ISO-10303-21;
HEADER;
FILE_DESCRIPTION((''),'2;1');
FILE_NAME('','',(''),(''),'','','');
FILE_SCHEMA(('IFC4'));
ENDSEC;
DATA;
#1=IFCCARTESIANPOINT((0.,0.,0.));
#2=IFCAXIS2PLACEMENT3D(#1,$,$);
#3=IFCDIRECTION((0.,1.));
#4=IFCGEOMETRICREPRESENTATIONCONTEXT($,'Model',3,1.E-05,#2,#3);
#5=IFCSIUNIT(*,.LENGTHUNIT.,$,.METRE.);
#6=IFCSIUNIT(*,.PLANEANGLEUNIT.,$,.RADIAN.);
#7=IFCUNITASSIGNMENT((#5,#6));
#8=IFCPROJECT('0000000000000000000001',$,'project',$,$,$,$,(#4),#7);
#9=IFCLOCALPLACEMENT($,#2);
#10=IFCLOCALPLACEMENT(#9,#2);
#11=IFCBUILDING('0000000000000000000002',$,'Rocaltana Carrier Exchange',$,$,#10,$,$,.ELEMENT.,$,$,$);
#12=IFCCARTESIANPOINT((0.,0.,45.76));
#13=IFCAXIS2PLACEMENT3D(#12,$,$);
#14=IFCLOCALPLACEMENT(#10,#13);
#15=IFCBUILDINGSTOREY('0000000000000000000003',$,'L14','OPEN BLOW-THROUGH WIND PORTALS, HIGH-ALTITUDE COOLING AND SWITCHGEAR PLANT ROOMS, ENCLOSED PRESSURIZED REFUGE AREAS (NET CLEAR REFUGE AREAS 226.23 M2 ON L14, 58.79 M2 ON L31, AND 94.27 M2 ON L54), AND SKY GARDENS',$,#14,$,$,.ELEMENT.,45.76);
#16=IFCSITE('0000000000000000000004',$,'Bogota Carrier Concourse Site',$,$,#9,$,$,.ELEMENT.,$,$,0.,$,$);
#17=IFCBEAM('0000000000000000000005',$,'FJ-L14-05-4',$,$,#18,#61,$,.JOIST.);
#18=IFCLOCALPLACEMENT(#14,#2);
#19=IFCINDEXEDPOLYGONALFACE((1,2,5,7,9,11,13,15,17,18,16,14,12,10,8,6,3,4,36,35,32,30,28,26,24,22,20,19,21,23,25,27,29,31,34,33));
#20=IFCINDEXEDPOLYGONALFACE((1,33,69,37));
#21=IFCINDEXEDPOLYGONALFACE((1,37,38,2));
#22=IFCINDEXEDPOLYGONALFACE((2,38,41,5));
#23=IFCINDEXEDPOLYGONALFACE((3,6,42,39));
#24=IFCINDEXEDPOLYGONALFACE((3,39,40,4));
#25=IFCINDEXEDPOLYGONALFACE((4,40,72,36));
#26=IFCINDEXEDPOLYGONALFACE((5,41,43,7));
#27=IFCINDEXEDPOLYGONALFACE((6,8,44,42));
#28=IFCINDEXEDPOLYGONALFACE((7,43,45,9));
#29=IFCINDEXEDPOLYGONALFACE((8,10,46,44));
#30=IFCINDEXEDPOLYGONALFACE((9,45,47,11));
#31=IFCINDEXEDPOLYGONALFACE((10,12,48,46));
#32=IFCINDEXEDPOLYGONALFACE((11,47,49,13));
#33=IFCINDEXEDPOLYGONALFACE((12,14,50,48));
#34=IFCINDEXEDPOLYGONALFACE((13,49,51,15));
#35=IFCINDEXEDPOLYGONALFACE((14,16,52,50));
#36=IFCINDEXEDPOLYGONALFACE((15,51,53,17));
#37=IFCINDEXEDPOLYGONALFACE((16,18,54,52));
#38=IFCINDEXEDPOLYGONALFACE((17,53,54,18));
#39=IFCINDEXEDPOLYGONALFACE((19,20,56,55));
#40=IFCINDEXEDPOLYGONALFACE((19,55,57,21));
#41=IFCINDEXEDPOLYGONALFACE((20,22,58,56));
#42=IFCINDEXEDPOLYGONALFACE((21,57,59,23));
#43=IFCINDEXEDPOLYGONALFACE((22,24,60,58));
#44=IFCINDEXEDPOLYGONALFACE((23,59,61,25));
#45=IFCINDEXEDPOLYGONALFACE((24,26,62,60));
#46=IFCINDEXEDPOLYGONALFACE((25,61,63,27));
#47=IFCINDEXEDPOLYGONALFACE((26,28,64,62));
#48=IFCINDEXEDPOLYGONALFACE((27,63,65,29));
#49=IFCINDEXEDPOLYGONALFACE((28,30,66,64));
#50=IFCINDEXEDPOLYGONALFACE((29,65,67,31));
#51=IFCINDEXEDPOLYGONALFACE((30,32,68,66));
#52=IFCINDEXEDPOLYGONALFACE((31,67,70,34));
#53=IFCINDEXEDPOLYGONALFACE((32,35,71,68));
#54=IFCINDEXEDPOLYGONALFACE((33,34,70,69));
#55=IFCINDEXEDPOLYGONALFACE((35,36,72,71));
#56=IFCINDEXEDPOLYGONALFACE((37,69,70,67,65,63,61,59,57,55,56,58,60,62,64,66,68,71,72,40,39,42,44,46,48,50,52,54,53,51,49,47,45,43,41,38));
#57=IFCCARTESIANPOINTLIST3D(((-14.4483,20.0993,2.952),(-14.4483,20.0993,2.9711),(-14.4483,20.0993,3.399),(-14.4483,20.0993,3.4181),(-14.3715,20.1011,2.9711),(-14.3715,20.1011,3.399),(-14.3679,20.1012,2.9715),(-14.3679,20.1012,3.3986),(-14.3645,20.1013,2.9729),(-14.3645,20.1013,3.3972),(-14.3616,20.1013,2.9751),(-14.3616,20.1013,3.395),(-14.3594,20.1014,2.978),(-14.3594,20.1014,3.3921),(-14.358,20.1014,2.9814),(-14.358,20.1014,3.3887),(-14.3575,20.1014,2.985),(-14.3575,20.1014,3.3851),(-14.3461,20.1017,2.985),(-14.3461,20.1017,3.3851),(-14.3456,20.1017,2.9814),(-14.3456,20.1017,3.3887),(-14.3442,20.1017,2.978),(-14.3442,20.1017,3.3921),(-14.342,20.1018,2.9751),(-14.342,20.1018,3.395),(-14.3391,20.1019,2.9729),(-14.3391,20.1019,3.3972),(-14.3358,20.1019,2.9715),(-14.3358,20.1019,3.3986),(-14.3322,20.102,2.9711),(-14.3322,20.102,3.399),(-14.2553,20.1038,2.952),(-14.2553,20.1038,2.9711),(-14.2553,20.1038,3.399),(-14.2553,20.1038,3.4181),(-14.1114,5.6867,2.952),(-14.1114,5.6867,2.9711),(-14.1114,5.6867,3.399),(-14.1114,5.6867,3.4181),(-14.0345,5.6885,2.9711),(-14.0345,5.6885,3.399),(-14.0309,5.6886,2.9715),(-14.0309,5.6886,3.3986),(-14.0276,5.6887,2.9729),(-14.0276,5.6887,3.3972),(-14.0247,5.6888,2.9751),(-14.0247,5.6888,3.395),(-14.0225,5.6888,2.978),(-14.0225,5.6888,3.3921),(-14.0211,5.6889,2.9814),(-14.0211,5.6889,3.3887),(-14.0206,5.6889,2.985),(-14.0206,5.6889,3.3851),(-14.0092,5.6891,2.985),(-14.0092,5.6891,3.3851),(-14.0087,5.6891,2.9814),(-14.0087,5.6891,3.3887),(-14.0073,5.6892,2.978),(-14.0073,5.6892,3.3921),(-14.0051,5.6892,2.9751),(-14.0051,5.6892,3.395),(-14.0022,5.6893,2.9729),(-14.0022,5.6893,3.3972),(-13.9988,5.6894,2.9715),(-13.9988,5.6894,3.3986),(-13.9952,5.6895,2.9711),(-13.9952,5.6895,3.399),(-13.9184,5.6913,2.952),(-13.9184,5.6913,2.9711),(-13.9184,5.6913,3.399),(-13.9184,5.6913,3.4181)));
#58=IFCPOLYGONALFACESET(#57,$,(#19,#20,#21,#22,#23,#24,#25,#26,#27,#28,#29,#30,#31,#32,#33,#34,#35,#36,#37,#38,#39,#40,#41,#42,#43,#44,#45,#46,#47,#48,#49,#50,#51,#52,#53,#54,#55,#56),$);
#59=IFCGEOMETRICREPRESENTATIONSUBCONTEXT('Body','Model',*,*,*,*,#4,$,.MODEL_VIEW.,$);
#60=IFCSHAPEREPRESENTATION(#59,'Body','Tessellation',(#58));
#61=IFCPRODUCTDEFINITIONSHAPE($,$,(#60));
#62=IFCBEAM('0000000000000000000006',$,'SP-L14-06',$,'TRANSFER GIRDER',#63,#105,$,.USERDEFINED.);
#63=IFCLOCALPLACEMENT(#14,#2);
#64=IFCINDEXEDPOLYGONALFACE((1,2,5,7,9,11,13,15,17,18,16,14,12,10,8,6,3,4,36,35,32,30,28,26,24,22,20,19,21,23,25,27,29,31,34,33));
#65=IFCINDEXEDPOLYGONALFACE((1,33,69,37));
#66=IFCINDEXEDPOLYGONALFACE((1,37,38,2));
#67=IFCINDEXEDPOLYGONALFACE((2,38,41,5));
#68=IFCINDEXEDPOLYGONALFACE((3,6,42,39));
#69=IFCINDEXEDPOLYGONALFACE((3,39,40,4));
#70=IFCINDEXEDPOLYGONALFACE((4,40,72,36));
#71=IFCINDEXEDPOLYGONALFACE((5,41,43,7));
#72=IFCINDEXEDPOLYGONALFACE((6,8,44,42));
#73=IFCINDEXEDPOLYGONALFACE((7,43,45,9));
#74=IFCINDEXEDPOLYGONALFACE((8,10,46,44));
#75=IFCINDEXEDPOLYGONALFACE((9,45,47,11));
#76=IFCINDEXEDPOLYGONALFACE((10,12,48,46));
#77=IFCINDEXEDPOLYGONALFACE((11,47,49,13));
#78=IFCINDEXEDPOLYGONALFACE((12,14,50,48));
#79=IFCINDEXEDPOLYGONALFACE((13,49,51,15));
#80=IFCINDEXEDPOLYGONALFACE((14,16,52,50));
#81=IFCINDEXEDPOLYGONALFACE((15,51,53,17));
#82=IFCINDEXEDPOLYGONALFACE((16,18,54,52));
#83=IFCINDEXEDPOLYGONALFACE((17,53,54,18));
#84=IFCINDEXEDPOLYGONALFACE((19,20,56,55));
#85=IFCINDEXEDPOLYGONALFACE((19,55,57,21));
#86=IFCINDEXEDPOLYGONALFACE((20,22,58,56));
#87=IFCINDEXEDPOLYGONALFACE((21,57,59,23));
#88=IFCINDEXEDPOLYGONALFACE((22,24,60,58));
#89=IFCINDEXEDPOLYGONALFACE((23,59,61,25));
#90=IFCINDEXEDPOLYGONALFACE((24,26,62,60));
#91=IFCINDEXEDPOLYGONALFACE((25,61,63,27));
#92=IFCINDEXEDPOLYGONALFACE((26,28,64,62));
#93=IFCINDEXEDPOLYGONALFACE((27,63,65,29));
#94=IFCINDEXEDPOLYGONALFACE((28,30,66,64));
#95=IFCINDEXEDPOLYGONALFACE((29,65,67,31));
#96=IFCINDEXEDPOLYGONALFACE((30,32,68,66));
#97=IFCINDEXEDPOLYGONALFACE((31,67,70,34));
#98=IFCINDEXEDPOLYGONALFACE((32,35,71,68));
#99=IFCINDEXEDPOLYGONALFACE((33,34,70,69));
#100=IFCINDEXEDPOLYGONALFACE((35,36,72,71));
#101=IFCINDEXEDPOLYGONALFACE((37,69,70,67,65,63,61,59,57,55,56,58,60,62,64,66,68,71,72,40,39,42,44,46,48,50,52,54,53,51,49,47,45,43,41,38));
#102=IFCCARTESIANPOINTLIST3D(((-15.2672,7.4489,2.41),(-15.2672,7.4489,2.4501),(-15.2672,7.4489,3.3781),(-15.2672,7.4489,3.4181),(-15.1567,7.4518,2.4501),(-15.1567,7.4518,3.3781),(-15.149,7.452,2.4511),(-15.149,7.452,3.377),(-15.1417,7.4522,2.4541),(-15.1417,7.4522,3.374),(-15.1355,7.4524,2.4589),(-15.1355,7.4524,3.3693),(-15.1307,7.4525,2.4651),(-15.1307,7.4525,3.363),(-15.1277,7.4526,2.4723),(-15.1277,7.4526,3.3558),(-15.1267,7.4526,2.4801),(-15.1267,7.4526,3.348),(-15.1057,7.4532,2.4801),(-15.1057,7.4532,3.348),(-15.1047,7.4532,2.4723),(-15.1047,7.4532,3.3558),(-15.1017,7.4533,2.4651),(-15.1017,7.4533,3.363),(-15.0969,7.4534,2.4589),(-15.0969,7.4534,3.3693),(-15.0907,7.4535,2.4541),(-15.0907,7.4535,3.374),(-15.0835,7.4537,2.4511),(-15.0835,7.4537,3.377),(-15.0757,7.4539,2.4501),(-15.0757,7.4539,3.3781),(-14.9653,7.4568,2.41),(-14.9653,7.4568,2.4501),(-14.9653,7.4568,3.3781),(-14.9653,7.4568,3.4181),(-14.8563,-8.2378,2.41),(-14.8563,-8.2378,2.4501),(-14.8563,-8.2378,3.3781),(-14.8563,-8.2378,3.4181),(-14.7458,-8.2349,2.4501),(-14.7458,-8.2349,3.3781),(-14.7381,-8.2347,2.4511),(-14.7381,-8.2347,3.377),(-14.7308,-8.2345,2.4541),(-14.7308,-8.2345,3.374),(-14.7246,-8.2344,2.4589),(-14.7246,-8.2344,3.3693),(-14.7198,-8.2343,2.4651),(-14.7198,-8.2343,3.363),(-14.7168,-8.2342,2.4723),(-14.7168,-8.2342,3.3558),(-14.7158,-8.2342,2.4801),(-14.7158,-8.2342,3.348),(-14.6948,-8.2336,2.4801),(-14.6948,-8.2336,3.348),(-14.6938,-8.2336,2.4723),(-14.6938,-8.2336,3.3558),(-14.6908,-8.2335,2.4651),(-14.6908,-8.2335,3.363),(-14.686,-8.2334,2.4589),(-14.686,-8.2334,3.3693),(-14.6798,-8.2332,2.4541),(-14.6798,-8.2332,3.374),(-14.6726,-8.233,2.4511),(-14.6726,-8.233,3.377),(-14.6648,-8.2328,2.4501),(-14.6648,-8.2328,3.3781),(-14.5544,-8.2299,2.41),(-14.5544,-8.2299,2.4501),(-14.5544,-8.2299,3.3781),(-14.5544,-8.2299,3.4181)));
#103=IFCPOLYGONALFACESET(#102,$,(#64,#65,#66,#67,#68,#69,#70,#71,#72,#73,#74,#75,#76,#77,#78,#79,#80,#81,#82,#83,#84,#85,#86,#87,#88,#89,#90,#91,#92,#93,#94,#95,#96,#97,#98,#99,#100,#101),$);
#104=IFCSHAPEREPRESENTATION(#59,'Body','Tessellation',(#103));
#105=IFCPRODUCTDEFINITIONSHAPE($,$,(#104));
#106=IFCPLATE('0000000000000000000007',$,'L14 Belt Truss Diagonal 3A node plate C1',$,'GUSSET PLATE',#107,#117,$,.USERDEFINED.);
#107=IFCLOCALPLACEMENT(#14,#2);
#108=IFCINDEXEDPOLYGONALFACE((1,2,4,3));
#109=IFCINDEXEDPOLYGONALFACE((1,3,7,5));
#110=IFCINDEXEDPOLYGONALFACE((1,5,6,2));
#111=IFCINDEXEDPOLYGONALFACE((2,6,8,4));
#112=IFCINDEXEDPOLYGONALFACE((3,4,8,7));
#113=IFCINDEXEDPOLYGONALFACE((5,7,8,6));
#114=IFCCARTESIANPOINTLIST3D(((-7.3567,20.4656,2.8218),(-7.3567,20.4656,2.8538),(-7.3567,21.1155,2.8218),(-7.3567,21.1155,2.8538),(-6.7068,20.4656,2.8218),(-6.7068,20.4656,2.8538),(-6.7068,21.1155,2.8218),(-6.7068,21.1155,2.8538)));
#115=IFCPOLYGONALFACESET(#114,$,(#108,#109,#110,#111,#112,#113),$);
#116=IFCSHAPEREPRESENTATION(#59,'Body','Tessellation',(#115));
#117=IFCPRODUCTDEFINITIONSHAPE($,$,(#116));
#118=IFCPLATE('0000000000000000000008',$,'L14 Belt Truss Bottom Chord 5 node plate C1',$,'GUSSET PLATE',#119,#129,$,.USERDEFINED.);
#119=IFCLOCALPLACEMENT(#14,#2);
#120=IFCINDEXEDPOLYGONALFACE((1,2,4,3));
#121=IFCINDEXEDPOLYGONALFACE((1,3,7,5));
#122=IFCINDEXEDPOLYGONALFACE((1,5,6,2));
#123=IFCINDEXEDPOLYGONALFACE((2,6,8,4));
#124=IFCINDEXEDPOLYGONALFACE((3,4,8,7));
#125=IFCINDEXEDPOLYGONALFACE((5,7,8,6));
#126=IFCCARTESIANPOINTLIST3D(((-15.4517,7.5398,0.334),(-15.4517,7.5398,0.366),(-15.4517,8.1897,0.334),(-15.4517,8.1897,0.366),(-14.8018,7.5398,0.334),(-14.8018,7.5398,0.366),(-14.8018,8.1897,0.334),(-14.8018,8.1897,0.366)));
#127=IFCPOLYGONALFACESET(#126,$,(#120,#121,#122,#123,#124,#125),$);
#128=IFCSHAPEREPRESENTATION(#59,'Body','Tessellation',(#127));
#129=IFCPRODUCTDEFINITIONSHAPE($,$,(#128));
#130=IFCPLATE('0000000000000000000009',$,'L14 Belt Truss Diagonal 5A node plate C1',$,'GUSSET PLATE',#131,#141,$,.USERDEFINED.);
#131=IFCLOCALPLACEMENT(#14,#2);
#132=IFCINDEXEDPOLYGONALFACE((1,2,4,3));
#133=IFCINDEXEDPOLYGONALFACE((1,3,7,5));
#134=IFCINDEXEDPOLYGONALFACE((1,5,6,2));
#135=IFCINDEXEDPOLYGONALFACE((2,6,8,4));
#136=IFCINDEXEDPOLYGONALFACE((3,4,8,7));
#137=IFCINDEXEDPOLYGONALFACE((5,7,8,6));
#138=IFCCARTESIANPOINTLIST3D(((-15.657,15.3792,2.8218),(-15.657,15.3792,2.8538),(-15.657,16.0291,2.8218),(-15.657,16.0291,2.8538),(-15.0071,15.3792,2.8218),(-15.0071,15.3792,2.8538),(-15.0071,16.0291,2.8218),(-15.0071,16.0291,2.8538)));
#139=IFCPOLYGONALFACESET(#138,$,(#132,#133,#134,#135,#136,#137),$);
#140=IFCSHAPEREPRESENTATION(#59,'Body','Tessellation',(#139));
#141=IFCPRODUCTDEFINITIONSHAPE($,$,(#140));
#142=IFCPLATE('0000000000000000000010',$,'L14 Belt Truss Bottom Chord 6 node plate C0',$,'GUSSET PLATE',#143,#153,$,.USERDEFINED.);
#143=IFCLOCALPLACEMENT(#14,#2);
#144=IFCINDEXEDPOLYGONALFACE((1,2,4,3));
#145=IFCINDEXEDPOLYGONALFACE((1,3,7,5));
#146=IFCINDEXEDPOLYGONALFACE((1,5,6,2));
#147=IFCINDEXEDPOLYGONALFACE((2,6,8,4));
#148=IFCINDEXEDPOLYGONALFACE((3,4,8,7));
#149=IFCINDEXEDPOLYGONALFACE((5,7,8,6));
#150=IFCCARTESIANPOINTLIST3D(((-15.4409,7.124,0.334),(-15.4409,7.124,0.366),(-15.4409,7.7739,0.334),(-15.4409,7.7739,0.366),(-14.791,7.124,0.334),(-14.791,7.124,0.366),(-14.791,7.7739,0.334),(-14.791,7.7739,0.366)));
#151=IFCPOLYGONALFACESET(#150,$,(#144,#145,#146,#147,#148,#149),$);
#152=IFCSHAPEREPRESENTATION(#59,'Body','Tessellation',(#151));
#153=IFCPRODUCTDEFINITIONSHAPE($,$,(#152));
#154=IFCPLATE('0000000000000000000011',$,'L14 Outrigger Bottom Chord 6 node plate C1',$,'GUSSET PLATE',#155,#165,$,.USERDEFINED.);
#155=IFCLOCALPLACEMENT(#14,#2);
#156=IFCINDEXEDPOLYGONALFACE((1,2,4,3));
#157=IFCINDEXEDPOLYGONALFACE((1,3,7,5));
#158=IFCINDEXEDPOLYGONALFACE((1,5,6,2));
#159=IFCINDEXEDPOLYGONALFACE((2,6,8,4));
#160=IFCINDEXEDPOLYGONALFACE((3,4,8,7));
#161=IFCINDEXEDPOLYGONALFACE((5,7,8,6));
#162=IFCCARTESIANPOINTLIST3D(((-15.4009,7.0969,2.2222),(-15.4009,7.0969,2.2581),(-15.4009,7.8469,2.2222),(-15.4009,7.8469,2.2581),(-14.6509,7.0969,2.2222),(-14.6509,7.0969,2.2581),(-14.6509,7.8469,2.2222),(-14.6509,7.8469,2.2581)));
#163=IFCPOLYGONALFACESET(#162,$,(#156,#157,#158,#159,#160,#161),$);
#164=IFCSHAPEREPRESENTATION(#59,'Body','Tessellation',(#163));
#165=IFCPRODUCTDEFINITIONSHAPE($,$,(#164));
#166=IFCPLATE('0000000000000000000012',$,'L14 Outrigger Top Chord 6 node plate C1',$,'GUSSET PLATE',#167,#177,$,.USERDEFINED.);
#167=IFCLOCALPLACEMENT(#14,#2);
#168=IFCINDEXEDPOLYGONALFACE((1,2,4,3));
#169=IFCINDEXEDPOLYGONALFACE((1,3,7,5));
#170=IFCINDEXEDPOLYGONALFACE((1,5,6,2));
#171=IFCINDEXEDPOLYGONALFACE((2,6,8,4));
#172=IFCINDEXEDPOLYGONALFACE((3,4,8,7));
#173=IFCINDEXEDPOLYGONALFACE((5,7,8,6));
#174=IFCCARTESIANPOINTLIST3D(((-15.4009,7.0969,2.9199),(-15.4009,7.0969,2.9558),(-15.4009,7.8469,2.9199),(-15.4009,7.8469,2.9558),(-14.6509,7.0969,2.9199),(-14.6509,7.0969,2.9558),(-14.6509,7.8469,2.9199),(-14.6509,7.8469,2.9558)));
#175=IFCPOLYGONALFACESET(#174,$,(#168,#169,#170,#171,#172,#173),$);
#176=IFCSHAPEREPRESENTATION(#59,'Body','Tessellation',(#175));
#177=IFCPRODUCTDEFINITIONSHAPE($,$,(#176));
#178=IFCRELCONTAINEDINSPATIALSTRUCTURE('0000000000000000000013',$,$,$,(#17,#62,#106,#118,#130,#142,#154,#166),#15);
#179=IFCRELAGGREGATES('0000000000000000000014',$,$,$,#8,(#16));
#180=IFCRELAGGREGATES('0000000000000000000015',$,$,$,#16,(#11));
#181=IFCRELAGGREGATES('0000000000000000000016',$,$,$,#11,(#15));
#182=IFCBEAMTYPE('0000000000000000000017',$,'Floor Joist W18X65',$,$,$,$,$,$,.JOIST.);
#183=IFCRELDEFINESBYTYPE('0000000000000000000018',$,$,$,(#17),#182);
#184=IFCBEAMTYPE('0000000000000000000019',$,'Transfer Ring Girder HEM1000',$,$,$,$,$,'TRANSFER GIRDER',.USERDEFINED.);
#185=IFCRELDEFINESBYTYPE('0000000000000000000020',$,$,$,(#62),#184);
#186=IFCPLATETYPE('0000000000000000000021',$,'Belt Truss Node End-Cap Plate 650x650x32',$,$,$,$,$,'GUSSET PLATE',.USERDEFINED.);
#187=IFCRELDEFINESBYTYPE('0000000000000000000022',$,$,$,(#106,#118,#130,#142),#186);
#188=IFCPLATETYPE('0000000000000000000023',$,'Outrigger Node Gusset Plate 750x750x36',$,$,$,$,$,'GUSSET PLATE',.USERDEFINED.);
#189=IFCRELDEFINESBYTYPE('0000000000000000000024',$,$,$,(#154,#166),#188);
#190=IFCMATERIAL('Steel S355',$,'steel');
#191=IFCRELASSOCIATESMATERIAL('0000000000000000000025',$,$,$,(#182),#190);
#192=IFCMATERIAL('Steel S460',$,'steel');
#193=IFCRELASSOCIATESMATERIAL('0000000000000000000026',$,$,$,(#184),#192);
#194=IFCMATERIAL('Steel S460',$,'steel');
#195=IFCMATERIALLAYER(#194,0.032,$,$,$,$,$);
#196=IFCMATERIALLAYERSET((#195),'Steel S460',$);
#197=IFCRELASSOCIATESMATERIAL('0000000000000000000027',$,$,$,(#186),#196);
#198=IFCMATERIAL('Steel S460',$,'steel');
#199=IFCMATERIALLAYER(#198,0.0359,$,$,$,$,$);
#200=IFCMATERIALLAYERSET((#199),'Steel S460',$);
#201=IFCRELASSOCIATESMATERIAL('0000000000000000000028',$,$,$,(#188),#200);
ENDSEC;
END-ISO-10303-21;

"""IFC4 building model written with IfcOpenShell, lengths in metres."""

from ifc_helpers import new_model, si_unit, direction, frame, origin, origin_2d, place, context, subcontext, project, spatial, rectangle, i_section, extrude, material, layer, layer_set, material_profile, profile_set, type_object, element, save


model = new_model("IFC4")

# Units and contexts
model_context = context("Model", 3, precision=1e-05, world=origin(), true_north=direction((0.0, 1.0)))
body_context = subcontext(model_context, "Body", "Model", "MODEL_VIEW")
ifc_project = project(units=[si_unit("LENGTHUNIT", "METRE"), si_unit("PLANEANGLEUNIT", "RADIAN")], contexts=[model_context])

# Site, building, storey
site_placement = place(None, origin())
site = spatial("IfcSite", under=ifc_project, at=site_placement, Name="Bogota Carrier Concourse Site", CompositionType="ELEMENT", RefElevation=0.0)
building_placement = place(site_placement, origin())
building = spatial("IfcBuilding", under=site, at=building_placement, Name="Rocaltana Carrier Exchange", CompositionType="ELEMENT")
storey_placement = place(building_placement, frame((0.0, 0.0, 45.76)))
storey = spatial("IfcBuildingStorey", under=building, at=storey_placement, Name="L14", Description="OPEN BLOW-THROUGH WIND PORTALS, HIGH-ALTITUDE COOLING AND SWITCHGEAR PLANT ROOMS, ENCLOSED PRESSURIZED REFUGE AREAS (NET CLEAR REFUGE AREAS 226.23 M2 ON L14, 58.79 M2 ON L31, AND 94.27 M2 ON L54), AND SKY GARDENS", CompositionType="ELEMENT", Elevation=45.76)

# Beams
ifc_material_1 = material(Name="Steel S355", Category="steel")
ifc_material_profile_1 = material_profile(ifc_material_1, i_section(OverallWidth=0.1931, OverallDepth=0.4661, WebThickness=0.0115, FlangeThickness=0.019, FilletRadius=0.0139, at=origin_2d()), Name="W18X65")
ifc_profile_set_1 = profile_set([ifc_material_profile_1], Name="Steel S355")
beam_type_1 = type_object("IfcBeamType", Name="Floor Joist W18X65", PredefinedType="JOIST", material=ifc_profile_set_1)
beam_1_placement = place(storey_placement, frame((-14.3518, 20.1016, 3.1851), z_axis=(0.02337, -0.999727, 0.0), x_axis=(0.999727, 0.02337, 0.0)))
element("IfcBeam", 1, at=beam_1_placement, inside=storey, type_object=beam_type_1, Name="FJ-L14-05-4", PredefinedType="JOIST", context=body_context, shape_type="SweptSolid", body=[
    extrude(i_section(OverallWidth=0.1931, OverallDepth=0.4661, WebThickness=0.0115, FlangeThickness=0.019, FilletRadius=0.0139, at=origin_2d()), origin(), (0.0, 0.0, 1.0), 14.4165),
])
ifc_material_2 = material(Name="Steel S460", Category="steel")
ifc_material_profile_2 = material_profile(ifc_material_2, i_section(OverallWidth=0.302, OverallDepth=1.0081, WebThickness=0.021, FlangeThickness=0.04, FilletRadius=0.03, at=origin_2d()), Name="HEM1000")
ifc_profile_set_2 = profile_set([ifc_material_profile_2], Name="Steel S460")
beam_type_2 = type_object("IfcBeamType", Name="Transfer Ring Girder HEM1000", ElementType="TRANSFER GIRDER", PredefinedType="USERDEFINED", material=ifc_profile_set_2)
beam_2_placement = place(storey_placement, frame((-15.1162, 7.4529, 2.9141), z_axis=(0.026184, -0.999657, 0.0), x_axis=(0.999657, 0.026184, 0.0)))
element("IfcBeam", 2, at=beam_2_placement, inside=storey, type_object=beam_type_2, Name="SP-L14-06", ObjectType="TRANSFER GIRDER", PredefinedType="USERDEFINED", context=body_context, shape_type="SweptSolid", body=[
    extrude(i_section(OverallWidth=0.302, OverallDepth=1.0081, WebThickness=0.021, FlangeThickness=0.04, FilletRadius=0.03, at=origin_2d()), origin(), (0.0, 0.0, 1.0), 15.6921),
])

# Plates
ifc_material_3 = material(Name="Steel S460", Category="steel")
ifc_layer_1 = layer(ifc_material_3, 0.032)
ifc_layer_set_1 = layer_set([ifc_layer_1], Name="Steel S460")
plate_type_1 = type_object("IfcPlateType", Name="Belt Truss Node End-Cap Plate 650x650x32", ElementType="GUSSET PLATE", PredefinedType="USERDEFINED", material=ifc_layer_set_1)
for number, where, z_axis, x_axis, name in (
    (3, (-7.0317, 20.7905, 2.8218), (0.0, 0.0, 1.0), (1.0, 0.0, 0.0), "L14 Belt Truss Diagonal 3A node plate C1"),
    (4, (-15.1267, 7.8647, 0.334), (0.0, 0.0, 1.0), (1.0, 0.0, 0.0), "L14 Belt Truss Bottom Chord 5 node plate C1"),
    (5, (-15.332, 15.7041, 2.8218), (0.0, 0.0, 1.0), (1.0, 0.0, 0.0), "L14 Belt Truss Diagonal 5A node plate C1"),
    (6, (-15.116, 7.449, 0.334), (0.0, 0.0, 1.0), (1.0, 0.0, 0.0), "L14 Belt Truss Bottom Chord 6 node plate C0"),
):
    element("IfcPlate", number, at=place(storey_placement, frame(where, z_axis=z_axis, x_axis=x_axis)), inside=storey, type_object=plate_type_1, Name=name, ObjectType="GUSSET PLATE", PredefinedType="USERDEFINED", context=body_context, shape_type="SweptSolid", body=[
        extrude(rectangle(XDim=0.6499, YDim=0.6499, at=origin_2d()), origin(), (0.0, 0.0, 1.0), 0.032),
    ])
ifc_material_4 = material(Name="Steel S460", Category="steel")
ifc_layer_2 = layer(ifc_material_4, 0.0359)
ifc_layer_set_2 = layer_set([ifc_layer_2], Name="Steel S460")
plate_type_2 = type_object("IfcPlateType", Name="Outrigger Node Gusset Plate 750x750x36", ElementType="GUSSET PLATE", PredefinedType="USERDEFINED", material=ifc_layer_set_2)
for number, where, z_axis, x_axis, name in (
    (7, (-15.0259, 7.4719, 2.2222), (0.0, 0.0, 1.0), (1.0, 0.0, 0.0), "L14 Outrigger Bottom Chord 6 node plate C1"),
    (8, (-15.0259, 7.4719, 2.9199), (0.0, 0.0, 1.0), (1.0, 0.0, 0.0), "L14 Outrigger Top Chord 6 node plate C1"),
):
    element("IfcPlate", number, at=place(storey_placement, frame(where, z_axis=z_axis, x_axis=x_axis)), inside=storey, type_object=plate_type_2, Name=name, ObjectType="GUSSET PLATE", PredefinedType="USERDEFINED", context=body_context, shape_type="SweptSolid", body=[
        extrude(rectangle(XDim=0.75, YDim=0.75, at=origin_2d()), origin(), (0.0, 0.0, 1.0), 0.0359),
    ])

save(model, "model.ifc")
